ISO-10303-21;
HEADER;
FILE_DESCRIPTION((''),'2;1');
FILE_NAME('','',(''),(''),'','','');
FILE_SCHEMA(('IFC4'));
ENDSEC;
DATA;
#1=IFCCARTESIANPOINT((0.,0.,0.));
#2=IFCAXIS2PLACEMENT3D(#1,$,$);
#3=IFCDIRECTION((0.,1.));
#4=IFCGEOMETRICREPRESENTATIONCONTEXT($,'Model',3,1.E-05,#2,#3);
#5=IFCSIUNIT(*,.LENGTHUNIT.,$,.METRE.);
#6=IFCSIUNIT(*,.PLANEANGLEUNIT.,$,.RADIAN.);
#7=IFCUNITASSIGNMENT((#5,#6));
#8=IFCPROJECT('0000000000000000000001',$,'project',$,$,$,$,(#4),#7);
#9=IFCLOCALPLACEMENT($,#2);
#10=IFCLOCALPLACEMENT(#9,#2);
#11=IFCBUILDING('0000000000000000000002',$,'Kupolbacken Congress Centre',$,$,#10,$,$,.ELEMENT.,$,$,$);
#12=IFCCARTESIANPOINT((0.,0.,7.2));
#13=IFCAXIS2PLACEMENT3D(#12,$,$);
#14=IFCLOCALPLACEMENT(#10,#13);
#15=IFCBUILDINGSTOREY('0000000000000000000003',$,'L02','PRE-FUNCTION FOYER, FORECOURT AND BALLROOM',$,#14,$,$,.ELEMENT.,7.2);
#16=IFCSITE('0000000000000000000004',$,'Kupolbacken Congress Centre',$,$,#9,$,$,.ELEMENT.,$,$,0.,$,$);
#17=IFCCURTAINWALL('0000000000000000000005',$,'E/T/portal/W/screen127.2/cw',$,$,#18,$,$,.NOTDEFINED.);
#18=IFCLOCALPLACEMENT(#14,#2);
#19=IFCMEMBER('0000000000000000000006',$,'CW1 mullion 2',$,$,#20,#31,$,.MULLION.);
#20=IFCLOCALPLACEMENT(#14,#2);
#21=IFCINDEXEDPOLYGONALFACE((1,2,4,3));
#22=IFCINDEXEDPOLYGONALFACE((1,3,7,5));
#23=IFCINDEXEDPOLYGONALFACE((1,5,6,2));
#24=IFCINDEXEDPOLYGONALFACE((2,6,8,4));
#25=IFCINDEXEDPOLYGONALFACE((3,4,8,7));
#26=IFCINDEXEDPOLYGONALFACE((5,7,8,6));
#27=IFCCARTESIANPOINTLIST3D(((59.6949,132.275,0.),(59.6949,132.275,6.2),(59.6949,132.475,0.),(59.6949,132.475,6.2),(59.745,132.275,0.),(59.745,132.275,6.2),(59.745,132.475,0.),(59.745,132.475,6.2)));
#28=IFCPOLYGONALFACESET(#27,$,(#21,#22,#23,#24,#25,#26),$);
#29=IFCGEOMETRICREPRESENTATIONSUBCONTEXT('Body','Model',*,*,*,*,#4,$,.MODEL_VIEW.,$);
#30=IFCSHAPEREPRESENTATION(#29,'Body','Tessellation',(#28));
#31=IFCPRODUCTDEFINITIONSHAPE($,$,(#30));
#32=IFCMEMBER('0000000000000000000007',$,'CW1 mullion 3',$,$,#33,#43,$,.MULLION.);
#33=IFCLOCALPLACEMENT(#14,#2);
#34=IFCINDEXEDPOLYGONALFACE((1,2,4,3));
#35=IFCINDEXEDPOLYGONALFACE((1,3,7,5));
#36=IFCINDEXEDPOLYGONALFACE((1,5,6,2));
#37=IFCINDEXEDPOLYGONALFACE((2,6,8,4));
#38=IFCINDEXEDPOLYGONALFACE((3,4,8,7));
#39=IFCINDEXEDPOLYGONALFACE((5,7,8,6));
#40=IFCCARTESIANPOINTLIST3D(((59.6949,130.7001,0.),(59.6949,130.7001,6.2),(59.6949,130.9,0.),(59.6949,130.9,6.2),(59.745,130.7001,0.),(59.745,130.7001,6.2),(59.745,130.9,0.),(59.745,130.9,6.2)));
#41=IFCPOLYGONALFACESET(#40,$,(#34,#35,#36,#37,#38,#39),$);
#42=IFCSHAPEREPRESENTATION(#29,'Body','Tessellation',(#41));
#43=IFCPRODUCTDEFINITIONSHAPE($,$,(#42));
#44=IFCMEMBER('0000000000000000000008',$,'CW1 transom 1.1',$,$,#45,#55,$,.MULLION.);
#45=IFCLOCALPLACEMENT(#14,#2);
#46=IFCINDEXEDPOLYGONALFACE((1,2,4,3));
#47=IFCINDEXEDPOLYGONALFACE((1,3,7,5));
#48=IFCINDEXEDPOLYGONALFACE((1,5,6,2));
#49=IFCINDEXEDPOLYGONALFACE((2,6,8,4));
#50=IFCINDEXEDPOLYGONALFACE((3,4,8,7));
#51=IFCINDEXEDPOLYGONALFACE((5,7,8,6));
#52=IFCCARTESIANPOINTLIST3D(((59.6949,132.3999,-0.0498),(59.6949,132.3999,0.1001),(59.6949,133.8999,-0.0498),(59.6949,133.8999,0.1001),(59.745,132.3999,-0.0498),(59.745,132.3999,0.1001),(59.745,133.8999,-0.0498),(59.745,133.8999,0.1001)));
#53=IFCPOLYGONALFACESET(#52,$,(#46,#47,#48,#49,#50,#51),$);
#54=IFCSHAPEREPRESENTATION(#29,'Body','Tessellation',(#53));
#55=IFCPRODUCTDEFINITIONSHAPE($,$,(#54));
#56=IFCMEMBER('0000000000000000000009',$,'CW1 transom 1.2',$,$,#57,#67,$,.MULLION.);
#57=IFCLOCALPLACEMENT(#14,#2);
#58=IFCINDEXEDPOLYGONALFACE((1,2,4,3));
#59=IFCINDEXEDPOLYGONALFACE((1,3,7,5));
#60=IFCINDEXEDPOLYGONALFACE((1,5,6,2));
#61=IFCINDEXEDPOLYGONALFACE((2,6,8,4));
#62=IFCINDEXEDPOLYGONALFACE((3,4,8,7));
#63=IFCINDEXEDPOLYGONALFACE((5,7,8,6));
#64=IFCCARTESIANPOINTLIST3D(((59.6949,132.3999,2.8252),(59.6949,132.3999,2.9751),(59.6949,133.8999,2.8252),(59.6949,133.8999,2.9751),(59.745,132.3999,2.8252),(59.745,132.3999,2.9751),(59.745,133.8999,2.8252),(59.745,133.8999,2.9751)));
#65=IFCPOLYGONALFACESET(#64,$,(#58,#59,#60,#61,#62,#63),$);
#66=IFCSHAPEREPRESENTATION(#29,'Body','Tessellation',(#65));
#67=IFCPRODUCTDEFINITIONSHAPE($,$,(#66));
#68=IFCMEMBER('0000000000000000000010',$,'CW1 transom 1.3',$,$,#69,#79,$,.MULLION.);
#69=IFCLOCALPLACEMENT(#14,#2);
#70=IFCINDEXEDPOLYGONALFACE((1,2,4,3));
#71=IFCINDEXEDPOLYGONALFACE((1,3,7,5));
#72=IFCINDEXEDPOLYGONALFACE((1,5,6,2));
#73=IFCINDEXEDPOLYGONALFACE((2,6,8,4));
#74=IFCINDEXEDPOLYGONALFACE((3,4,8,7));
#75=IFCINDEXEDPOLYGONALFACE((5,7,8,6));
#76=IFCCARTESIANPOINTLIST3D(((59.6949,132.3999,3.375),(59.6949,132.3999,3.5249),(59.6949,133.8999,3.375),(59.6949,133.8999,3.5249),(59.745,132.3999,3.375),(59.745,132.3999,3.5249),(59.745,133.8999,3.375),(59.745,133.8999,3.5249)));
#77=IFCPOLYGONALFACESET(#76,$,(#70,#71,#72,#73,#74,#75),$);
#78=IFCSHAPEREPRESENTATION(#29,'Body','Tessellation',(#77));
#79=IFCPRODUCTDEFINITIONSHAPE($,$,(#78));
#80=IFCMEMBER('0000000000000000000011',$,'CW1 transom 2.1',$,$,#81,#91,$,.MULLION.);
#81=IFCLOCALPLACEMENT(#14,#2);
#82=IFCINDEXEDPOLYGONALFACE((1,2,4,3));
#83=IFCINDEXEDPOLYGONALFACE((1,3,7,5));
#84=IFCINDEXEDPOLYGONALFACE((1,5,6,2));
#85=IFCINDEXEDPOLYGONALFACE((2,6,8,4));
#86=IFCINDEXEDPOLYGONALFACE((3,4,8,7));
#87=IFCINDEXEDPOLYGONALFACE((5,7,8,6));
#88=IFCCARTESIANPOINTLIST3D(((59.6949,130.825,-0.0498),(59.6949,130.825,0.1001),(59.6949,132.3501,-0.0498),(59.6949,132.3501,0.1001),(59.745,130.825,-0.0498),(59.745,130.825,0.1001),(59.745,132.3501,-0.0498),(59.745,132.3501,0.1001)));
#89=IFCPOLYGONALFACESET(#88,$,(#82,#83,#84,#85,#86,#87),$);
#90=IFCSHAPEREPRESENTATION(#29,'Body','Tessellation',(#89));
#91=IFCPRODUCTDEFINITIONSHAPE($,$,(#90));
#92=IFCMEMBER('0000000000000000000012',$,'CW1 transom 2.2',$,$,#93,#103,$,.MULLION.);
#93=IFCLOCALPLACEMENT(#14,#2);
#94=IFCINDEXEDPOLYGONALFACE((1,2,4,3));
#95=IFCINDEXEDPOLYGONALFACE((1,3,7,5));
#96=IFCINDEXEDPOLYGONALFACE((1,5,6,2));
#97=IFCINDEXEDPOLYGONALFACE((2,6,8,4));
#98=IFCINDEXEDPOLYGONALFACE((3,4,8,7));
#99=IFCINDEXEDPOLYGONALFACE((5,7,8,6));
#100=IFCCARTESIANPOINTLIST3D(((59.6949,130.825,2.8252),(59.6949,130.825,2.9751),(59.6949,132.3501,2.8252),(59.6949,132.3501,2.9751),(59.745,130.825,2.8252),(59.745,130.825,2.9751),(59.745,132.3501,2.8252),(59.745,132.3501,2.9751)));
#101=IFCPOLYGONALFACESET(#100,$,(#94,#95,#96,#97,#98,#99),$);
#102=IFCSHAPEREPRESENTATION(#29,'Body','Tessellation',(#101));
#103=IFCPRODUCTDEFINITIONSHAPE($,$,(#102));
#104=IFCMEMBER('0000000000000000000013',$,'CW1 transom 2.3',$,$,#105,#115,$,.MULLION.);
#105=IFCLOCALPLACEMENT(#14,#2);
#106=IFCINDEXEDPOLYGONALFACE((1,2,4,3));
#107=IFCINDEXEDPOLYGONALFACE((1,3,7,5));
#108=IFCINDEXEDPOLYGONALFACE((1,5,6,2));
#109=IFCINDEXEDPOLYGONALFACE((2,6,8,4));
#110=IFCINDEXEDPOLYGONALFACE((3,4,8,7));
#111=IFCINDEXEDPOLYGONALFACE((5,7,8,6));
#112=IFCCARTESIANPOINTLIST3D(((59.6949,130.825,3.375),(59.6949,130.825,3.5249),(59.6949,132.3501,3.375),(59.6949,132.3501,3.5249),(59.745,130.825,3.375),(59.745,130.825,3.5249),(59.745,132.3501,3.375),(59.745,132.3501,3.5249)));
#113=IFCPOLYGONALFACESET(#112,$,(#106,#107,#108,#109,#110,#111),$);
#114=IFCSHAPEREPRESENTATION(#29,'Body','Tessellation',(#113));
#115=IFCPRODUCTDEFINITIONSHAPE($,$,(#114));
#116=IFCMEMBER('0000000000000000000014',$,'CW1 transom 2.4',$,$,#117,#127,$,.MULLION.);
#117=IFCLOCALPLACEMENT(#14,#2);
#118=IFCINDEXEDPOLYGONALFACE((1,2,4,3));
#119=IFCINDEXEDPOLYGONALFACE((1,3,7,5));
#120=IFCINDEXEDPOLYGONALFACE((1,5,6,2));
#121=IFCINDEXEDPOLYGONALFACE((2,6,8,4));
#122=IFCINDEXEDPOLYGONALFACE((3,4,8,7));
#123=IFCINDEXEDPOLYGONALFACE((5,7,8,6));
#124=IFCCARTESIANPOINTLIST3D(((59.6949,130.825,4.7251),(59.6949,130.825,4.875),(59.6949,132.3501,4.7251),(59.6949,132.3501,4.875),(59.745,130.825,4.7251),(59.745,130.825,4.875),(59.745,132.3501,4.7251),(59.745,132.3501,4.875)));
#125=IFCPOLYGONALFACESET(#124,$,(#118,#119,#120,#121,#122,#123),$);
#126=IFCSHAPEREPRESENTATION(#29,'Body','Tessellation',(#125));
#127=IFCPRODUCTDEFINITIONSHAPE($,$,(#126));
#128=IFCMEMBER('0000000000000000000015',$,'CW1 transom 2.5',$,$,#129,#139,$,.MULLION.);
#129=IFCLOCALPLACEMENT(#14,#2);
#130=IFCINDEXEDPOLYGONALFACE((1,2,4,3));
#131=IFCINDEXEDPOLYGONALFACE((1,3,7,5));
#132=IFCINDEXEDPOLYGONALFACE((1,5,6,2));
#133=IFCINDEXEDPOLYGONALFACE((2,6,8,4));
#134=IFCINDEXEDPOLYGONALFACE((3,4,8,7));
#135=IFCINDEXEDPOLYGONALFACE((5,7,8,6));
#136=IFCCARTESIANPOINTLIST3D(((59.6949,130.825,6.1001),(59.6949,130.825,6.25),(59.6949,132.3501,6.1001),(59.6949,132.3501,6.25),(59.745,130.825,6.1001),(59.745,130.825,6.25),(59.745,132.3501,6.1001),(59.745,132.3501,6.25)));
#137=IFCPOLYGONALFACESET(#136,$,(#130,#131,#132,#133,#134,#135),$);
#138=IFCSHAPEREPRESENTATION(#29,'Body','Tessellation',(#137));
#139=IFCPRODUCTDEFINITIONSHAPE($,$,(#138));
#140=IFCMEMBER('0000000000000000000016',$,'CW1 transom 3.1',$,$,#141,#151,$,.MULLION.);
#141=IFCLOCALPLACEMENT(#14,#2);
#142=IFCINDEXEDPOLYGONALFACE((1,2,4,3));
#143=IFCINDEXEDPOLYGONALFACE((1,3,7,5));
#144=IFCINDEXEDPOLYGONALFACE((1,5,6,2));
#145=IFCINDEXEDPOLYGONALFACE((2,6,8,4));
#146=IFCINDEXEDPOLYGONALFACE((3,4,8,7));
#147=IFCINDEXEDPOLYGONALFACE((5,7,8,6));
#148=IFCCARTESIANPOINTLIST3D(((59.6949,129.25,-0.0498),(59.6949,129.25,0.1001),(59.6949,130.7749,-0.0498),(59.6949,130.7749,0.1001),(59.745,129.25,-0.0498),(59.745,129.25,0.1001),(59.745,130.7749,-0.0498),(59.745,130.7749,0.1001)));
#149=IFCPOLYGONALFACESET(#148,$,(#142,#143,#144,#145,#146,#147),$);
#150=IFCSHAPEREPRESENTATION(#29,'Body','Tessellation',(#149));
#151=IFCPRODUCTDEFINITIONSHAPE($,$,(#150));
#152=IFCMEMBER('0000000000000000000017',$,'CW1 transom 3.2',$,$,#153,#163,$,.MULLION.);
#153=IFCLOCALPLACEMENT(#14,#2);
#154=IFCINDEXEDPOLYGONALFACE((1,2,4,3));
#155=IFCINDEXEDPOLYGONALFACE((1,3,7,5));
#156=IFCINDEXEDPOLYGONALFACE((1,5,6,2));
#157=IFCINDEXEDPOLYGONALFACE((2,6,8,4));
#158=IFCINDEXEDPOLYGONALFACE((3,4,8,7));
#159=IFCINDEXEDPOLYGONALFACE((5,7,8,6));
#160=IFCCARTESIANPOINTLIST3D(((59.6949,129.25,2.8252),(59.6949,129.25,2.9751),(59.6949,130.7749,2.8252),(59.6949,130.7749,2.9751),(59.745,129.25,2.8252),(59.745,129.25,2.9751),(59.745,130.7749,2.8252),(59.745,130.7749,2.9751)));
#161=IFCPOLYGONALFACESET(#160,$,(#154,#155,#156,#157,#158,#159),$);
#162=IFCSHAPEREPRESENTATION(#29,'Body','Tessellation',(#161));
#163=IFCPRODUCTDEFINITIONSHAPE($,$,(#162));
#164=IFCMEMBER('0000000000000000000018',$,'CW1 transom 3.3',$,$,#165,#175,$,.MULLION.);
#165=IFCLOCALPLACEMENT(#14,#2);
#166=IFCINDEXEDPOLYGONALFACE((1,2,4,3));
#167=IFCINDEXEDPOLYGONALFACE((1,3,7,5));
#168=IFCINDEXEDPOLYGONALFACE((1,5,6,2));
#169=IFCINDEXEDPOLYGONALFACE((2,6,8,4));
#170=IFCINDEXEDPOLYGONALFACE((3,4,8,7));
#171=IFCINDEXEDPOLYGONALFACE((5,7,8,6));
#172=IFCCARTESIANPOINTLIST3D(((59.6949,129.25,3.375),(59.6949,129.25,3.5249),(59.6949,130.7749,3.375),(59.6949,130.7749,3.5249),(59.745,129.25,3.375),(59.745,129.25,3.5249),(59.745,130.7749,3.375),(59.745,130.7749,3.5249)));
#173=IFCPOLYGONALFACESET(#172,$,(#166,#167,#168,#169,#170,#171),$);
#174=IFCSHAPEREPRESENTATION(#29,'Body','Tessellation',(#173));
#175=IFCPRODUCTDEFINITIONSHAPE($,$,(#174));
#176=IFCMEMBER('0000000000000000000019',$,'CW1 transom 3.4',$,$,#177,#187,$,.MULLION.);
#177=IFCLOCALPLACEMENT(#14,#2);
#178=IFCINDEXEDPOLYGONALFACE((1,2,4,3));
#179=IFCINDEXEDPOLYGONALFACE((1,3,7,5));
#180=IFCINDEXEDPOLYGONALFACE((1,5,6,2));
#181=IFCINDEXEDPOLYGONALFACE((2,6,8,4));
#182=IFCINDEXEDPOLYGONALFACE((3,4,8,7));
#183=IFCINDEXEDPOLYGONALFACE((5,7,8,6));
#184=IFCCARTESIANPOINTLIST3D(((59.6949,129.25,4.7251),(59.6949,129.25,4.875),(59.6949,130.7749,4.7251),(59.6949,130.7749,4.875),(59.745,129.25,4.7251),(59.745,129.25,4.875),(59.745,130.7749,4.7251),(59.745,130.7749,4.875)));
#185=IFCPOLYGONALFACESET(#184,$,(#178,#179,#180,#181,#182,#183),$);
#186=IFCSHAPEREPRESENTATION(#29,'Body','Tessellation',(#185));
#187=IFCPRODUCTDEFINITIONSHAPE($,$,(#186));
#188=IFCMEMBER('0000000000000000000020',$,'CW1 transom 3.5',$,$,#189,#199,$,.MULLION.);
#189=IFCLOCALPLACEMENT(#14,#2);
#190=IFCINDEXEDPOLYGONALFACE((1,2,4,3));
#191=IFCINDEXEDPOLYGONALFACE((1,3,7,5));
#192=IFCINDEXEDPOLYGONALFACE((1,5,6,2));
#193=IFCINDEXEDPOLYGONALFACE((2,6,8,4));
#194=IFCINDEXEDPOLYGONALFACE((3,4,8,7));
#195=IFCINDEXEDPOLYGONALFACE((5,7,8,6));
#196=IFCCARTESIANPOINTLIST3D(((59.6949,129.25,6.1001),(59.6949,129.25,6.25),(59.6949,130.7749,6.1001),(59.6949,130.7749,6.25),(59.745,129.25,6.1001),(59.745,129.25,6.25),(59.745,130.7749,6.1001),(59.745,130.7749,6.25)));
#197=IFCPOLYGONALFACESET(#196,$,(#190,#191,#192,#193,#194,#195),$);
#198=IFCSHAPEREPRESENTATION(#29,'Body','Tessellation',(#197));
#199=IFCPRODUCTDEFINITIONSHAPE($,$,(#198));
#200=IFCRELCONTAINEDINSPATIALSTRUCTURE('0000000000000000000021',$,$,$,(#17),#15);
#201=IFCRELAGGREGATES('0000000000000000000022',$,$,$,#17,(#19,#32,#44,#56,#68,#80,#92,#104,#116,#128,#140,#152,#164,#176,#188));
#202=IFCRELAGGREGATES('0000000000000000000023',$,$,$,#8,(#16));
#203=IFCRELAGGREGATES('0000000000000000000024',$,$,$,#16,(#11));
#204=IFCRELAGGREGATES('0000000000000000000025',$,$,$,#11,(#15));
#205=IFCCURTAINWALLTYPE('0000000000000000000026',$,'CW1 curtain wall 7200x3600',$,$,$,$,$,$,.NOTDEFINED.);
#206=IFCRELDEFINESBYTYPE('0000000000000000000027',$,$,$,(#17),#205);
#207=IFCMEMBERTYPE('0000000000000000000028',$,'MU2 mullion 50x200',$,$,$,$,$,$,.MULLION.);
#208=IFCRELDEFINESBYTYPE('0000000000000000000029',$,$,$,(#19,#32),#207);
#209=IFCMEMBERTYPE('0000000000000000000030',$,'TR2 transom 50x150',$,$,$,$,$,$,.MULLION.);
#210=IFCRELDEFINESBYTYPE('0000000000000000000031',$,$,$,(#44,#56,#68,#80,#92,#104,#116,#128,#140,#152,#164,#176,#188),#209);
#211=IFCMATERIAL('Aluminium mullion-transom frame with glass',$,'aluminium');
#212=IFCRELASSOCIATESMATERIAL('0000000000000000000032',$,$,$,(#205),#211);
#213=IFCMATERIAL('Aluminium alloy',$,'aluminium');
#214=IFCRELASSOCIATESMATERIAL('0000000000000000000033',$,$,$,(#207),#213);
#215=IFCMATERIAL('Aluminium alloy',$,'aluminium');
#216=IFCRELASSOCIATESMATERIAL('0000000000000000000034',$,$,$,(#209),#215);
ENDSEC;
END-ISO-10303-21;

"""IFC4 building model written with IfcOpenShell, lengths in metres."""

from ifc_helpers import new_model, si_unit, direction, frame, origin, origin_2d, place, context, subcontext, project, spatial, rectangle, extrude, material, material_profile, profile_set, type_object, element, aggregate, save


model = new_model("IFC4")

# Units and contexts
model_context = context("Model", 3, precision=1e-05, world=origin(), true_north=direction((0.0, 1.0)))
body_context = subcontext(model_context, "Body", "Model", "MODEL_VIEW")
ifc_project = project(units=[si_unit("LENGTHUNIT", "METRE"), si_unit("PLANEANGLEUNIT", "RADIAN")], contexts=[model_context])

# Site, building, storey
site_placement = place(None, origin())
site = spatial("IfcSite", under=ifc_project, at=site_placement, Name="Kupolbacken Congress Centre", CompositionType="ELEMENT", RefElevation=0.0)
building_placement = place(site_placement, origin())
building = spatial("IfcBuilding", under=site, at=building_placement, Name="Kupolbacken Congress Centre", CompositionType="ELEMENT")
storey_placement = place(building_placement, frame((0.0, 0.0, 7.2)))
storey = spatial("IfcBuildingStorey", under=building, at=storey_placement, Name="L02", Description="PRE-FUNCTION FOYER, FORECOURT AND BALLROOM", CompositionType="ELEMENT", Elevation=7.2)

# Curtain wall, members
ifc_material_1 = material(Name="Aluminium mullion-transom frame with glass", Category="aluminium")
curtain_wall_type = type_object("IfcCurtainWallType", Name="CW1 curtain wall 7200x3600", PredefinedType="NOTDEFINED", material=ifc_material_1)
curtain_wall_placement = place(storey_placement, origin())
curtain_wall = element("IfcCurtainWall", 1, at=curtain_wall_placement, inside=storey, type_object=curtain_wall_type, Name="E/T/portal/W/screen127.2/cw", PredefinedType="NOTDEFINED")
ifc_material_2 = material(Name="Aluminium alloy", Category="aluminium")
ifc_material_profile_1 = material_profile(ifc_material_2, rectangle(XDim=0.05, YDim=0.2, at=origin_2d()), Name="50 x 200")
ifc_profile_set_1 = profile_set([ifc_material_profile_1], Name="Aluminium alloy")
member_type_1 = type_object("IfcMemberType", Name="MU2 mullion 50x200", PredefinedType="MULLION", material=ifc_profile_set_1)
member_1_placement = place(storey_placement, frame((59.72, 132.375, 0.0), z_axis=(0.0, 0.0, 1.0), x_axis=(1.0, 0.0, 0.0)))
member_1 = element("IfcMember", 2, at=member_1_placement, type_object=member_type_1, Name="CW1 mullion 2", PredefinedType="MULLION", context=body_context, shape_type="SweptSolid", body=[
    extrude(rectangle(XDim=0.05, YDim=0.2, at=origin_2d()), origin(), (0.0, 0.0, 1.0), 6.2),
])
member_2_placement = place(storey_placement, frame((59.72, 130.8, 0.0), z_axis=(0.0, 0.0, 1.0), x_axis=(1.0, 0.0, 0.0)))
member_2 = element("IfcMember", 3, at=member_2_placement, type_object=member_type_1, Name="CW1 mullion 3", PredefinedType="MULLION", context=body_context, shape_type="SweptSolid", body=[
    extrude(rectangle(XDim=0.05, YDim=0.2, at=origin_2d()), origin(), (0.0, 0.0, 1.0), 6.2),
])
ifc_material_3 = material(Name="Aluminium alloy", Category="aluminium")
ifc_material_profile_2 = material_profile(ifc_material_3, rectangle(XDim=0.05, YDim=0.1499, at=origin_2d()), Name="50 x 150")
ifc_profile_set_2 = profile_set([ifc_material_profile_2], Name="Aluminium alloy")
member_type_2 = type_object("IfcMemberType", Name="TR2 transom 50x150", PredefinedType="MULLION", material=ifc_profile_set_2)
member_3_placement = place(storey_placement, frame((59.72, 133.8999, 0.0251), z_axis=(0.0, -1.0, 0.0), x_axis=(1.0, 0.0, 0.0)))
member_3 = element("IfcMember", 4, at=member_3_placement, type_object=member_type_2, Name="CW1 transom 1.1", PredefinedType="MULLION", context=body_context, shape_type="SweptSolid", body=[
    extrude(rectangle(XDim=0.05, YDim=0.1499, at=origin_2d()), origin(), (0.0, 0.0, 1.0), 1.5),
])
member_4_placement = place(storey_placement, frame((59.72, 133.8999, 2.9001), z_axis=(0.0, -1.0, 0.0), x_axis=(1.0, 0.0, 0.0)))
member_4 = element("IfcMember", 5, at=member_4_placement, type_object=member_type_2, Name="CW1 transom 1.2", PredefinedType="MULLION", context=body_context, shape_type="SweptSolid", body=[
    extrude(rectangle(XDim=0.05, YDim=0.1499, at=origin_2d()), origin(), (0.0, 0.0, 1.0), 1.5),
])
member_5_placement = place(storey_placement, frame((59.72, 133.8999, 3.45), z_axis=(0.0, -1.0, 0.0), x_axis=(1.0, 0.0, 0.0)))
member_5 = element("IfcMember", 6, at=member_5_placement, type_object=member_type_2, Name="CW1 transom 1.3", PredefinedType="MULLION", context=body_context, shape_type="SweptSolid", body=[
    extrude(rectangle(XDim=0.05, YDim=0.1499, at=origin_2d()), origin(), (0.0, 0.0, 1.0), 1.5),
])
member_6_placement = place(storey_placement, frame((59.72, 132.3501, 0.0251), z_axis=(0.0, -1.0, 0.0), x_axis=(1.0, 0.0, 0.0)))
member_6 = element("IfcMember", 7, at=member_6_placement, type_object=member_type_2, Name="CW1 transom 2.1", PredefinedType="MULLION", context=body_context, shape_type="SweptSolid", body=[
    extrude(rectangle(XDim=0.05, YDim=0.1499, at=origin_2d()), origin(), (0.0, 0.0, 1.0), 1.5251),
])
member_7_placement = place(storey_placement, frame((59.72, 132.3501, 2.9001), z_axis=(0.0, -1.0, 0.0), x_axis=(1.0, 0.0, 0.0)))
member_7 = element("IfcMember", 8, at=member_7_placement, type_object=member_type_2, Name="CW1 transom 2.2", PredefinedType="MULLION", context=body_context, shape_type="SweptSolid", body=[
    extrude(rectangle(XDim=0.05, YDim=0.1499, at=origin_2d()), origin(), (0.0, 0.0, 1.0), 1.5251),
])
member_8_placement = place(storey_placement, frame((59.72, 132.3501, 3.45), z_axis=(0.0, -1.0, 0.0), x_axis=(1.0, 0.0, 0.0)))
member_8 = element("IfcMember", 9, at=member_8_placement, type_object=member_type_2, Name="CW1 transom 2.3", PredefinedType="MULLION", context=body_context, shape_type="SweptSolid", body=[
    extrude(rectangle(XDim=0.05, YDim=0.1499, at=origin_2d()), origin(), (0.0, 0.0, 1.0), 1.5251),
])
member_9_placement = place(storey_placement, frame((59.72, 132.3501, 4.8), z_axis=(0.0, -1.0, 0.0), x_axis=(1.0, 0.0, 0.0)))
member_9 = element("IfcMember", 10, at=member_9_placement, type_object=member_type_2, Name="CW1 transom 2.4", PredefinedType="MULLION", context=body_context, shape_type="SweptSolid", body=[
    extrude(rectangle(XDim=0.05, YDim=0.1499, at=origin_2d()), origin(), (0.0, 0.0, 1.0), 1.5251),
])
member_10_placement = place(storey_placement, frame((59.72, 132.3501, 6.175), z_axis=(0.0, -1.0, 0.0), x_axis=(1.0, 0.0, 0.0)))
member_10 = element("IfcMember", 11, at=member_10_placement, type_object=member_type_2, Name="CW1 transom 2.5", PredefinedType="MULLION", context=body_context, shape_type="SweptSolid", body=[
    extrude(rectangle(XDim=0.05, YDim=0.1499, at=origin_2d()), origin(), (0.0, 0.0, 1.0), 1.5251),
])
member_11_placement = place(storey_placement, frame((59.72, 130.7749, 0.0251), z_axis=(0.0, -1.0, 0.0), x_axis=(1.0, 0.0, 0.0)))
member_11 = element("IfcMember", 12, at=member_11_placement, type_object=member_type_2, Name="CW1 transom 3.1", PredefinedType="MULLION", context=body_context, shape_type="SweptSolid", body=[
    extrude(rectangle(XDim=0.05, YDim=0.1499, at=origin_2d()), origin(), (0.0, 0.0, 1.0), 1.5249),
])
member_12_placement = place(storey_placement, frame((59.72, 130.7749, 2.9001), z_axis=(0.0, -1.0, 0.0), x_axis=(1.0, 0.0, 0.0)))
member_12 = element("IfcMember", 13, at=member_12_placement, type_object=member_type_2, Name="CW1 transom 3.2", PredefinedType="MULLION", context=body_context, shape_type="SweptSolid", body=[
    extrude(rectangle(XDim=0.05, YDim=0.1499, at=origin_2d()), origin(), (0.0, 0.0, 1.0), 1.5249),
])
member_13_placement = place(storey_placement, frame((59.72, 130.7749, 3.45), z_axis=(0.0, -1.0, 0.0), x_axis=(1.0, 0.0, 0.0)))
member_13 = element("IfcMember", 14, at=member_13_placement, type_object=member_type_2, Name="CW1 transom 3.3", PredefinedType="MULLION", context=body_context, shape_type="SweptSolid", body=[
    extrude(rectangle(XDim=0.05, YDim=0.1499, at=origin_2d()), origin(), (0.0, 0.0, 1.0), 1.5249),
])
member_14_placement = place(storey_placement, frame((59.72, 130.7749, 4.8), z_axis=(0.0, -1.0, 0.0), x_axis=(1.0, 0.0, 0.0)))
member_14 = element("IfcMember", 15, at=member_14_placement, type_object=member_type_2, Name="CW1 transom 3.4", PredefinedType="MULLION", context=body_context, shape_type="SweptSolid", body=[
    extrude(rectangle(XDim=0.05, YDim=0.1499, at=origin_2d()), origin(), (0.0, 0.0, 1.0), 1.5249),
])
member_15_placement = place(storey_placement, frame((59.72, 130.7749, 6.175), z_axis=(0.0, -1.0, 0.0), x_axis=(1.0, 0.0, 0.0)))
member_15 = element("IfcMember", 16, at=member_15_placement, type_object=member_type_2, Name="CW1 transom 3.5", PredefinedType="MULLION", context=body_context, shape_type="SweptSolid", body=[
    extrude(rectangle(XDim=0.05, YDim=0.1499, at=origin_2d()), origin(), (0.0, 0.0, 1.0), 1.5249),
])
aggregate(curtain_wall, [member_1, member_2, member_3, member_4, member_5, member_6, member_7, member_8, member_9, member_10, member_11, member_12, member_13, member_14, member_15])

save(model, "model.ifc")
